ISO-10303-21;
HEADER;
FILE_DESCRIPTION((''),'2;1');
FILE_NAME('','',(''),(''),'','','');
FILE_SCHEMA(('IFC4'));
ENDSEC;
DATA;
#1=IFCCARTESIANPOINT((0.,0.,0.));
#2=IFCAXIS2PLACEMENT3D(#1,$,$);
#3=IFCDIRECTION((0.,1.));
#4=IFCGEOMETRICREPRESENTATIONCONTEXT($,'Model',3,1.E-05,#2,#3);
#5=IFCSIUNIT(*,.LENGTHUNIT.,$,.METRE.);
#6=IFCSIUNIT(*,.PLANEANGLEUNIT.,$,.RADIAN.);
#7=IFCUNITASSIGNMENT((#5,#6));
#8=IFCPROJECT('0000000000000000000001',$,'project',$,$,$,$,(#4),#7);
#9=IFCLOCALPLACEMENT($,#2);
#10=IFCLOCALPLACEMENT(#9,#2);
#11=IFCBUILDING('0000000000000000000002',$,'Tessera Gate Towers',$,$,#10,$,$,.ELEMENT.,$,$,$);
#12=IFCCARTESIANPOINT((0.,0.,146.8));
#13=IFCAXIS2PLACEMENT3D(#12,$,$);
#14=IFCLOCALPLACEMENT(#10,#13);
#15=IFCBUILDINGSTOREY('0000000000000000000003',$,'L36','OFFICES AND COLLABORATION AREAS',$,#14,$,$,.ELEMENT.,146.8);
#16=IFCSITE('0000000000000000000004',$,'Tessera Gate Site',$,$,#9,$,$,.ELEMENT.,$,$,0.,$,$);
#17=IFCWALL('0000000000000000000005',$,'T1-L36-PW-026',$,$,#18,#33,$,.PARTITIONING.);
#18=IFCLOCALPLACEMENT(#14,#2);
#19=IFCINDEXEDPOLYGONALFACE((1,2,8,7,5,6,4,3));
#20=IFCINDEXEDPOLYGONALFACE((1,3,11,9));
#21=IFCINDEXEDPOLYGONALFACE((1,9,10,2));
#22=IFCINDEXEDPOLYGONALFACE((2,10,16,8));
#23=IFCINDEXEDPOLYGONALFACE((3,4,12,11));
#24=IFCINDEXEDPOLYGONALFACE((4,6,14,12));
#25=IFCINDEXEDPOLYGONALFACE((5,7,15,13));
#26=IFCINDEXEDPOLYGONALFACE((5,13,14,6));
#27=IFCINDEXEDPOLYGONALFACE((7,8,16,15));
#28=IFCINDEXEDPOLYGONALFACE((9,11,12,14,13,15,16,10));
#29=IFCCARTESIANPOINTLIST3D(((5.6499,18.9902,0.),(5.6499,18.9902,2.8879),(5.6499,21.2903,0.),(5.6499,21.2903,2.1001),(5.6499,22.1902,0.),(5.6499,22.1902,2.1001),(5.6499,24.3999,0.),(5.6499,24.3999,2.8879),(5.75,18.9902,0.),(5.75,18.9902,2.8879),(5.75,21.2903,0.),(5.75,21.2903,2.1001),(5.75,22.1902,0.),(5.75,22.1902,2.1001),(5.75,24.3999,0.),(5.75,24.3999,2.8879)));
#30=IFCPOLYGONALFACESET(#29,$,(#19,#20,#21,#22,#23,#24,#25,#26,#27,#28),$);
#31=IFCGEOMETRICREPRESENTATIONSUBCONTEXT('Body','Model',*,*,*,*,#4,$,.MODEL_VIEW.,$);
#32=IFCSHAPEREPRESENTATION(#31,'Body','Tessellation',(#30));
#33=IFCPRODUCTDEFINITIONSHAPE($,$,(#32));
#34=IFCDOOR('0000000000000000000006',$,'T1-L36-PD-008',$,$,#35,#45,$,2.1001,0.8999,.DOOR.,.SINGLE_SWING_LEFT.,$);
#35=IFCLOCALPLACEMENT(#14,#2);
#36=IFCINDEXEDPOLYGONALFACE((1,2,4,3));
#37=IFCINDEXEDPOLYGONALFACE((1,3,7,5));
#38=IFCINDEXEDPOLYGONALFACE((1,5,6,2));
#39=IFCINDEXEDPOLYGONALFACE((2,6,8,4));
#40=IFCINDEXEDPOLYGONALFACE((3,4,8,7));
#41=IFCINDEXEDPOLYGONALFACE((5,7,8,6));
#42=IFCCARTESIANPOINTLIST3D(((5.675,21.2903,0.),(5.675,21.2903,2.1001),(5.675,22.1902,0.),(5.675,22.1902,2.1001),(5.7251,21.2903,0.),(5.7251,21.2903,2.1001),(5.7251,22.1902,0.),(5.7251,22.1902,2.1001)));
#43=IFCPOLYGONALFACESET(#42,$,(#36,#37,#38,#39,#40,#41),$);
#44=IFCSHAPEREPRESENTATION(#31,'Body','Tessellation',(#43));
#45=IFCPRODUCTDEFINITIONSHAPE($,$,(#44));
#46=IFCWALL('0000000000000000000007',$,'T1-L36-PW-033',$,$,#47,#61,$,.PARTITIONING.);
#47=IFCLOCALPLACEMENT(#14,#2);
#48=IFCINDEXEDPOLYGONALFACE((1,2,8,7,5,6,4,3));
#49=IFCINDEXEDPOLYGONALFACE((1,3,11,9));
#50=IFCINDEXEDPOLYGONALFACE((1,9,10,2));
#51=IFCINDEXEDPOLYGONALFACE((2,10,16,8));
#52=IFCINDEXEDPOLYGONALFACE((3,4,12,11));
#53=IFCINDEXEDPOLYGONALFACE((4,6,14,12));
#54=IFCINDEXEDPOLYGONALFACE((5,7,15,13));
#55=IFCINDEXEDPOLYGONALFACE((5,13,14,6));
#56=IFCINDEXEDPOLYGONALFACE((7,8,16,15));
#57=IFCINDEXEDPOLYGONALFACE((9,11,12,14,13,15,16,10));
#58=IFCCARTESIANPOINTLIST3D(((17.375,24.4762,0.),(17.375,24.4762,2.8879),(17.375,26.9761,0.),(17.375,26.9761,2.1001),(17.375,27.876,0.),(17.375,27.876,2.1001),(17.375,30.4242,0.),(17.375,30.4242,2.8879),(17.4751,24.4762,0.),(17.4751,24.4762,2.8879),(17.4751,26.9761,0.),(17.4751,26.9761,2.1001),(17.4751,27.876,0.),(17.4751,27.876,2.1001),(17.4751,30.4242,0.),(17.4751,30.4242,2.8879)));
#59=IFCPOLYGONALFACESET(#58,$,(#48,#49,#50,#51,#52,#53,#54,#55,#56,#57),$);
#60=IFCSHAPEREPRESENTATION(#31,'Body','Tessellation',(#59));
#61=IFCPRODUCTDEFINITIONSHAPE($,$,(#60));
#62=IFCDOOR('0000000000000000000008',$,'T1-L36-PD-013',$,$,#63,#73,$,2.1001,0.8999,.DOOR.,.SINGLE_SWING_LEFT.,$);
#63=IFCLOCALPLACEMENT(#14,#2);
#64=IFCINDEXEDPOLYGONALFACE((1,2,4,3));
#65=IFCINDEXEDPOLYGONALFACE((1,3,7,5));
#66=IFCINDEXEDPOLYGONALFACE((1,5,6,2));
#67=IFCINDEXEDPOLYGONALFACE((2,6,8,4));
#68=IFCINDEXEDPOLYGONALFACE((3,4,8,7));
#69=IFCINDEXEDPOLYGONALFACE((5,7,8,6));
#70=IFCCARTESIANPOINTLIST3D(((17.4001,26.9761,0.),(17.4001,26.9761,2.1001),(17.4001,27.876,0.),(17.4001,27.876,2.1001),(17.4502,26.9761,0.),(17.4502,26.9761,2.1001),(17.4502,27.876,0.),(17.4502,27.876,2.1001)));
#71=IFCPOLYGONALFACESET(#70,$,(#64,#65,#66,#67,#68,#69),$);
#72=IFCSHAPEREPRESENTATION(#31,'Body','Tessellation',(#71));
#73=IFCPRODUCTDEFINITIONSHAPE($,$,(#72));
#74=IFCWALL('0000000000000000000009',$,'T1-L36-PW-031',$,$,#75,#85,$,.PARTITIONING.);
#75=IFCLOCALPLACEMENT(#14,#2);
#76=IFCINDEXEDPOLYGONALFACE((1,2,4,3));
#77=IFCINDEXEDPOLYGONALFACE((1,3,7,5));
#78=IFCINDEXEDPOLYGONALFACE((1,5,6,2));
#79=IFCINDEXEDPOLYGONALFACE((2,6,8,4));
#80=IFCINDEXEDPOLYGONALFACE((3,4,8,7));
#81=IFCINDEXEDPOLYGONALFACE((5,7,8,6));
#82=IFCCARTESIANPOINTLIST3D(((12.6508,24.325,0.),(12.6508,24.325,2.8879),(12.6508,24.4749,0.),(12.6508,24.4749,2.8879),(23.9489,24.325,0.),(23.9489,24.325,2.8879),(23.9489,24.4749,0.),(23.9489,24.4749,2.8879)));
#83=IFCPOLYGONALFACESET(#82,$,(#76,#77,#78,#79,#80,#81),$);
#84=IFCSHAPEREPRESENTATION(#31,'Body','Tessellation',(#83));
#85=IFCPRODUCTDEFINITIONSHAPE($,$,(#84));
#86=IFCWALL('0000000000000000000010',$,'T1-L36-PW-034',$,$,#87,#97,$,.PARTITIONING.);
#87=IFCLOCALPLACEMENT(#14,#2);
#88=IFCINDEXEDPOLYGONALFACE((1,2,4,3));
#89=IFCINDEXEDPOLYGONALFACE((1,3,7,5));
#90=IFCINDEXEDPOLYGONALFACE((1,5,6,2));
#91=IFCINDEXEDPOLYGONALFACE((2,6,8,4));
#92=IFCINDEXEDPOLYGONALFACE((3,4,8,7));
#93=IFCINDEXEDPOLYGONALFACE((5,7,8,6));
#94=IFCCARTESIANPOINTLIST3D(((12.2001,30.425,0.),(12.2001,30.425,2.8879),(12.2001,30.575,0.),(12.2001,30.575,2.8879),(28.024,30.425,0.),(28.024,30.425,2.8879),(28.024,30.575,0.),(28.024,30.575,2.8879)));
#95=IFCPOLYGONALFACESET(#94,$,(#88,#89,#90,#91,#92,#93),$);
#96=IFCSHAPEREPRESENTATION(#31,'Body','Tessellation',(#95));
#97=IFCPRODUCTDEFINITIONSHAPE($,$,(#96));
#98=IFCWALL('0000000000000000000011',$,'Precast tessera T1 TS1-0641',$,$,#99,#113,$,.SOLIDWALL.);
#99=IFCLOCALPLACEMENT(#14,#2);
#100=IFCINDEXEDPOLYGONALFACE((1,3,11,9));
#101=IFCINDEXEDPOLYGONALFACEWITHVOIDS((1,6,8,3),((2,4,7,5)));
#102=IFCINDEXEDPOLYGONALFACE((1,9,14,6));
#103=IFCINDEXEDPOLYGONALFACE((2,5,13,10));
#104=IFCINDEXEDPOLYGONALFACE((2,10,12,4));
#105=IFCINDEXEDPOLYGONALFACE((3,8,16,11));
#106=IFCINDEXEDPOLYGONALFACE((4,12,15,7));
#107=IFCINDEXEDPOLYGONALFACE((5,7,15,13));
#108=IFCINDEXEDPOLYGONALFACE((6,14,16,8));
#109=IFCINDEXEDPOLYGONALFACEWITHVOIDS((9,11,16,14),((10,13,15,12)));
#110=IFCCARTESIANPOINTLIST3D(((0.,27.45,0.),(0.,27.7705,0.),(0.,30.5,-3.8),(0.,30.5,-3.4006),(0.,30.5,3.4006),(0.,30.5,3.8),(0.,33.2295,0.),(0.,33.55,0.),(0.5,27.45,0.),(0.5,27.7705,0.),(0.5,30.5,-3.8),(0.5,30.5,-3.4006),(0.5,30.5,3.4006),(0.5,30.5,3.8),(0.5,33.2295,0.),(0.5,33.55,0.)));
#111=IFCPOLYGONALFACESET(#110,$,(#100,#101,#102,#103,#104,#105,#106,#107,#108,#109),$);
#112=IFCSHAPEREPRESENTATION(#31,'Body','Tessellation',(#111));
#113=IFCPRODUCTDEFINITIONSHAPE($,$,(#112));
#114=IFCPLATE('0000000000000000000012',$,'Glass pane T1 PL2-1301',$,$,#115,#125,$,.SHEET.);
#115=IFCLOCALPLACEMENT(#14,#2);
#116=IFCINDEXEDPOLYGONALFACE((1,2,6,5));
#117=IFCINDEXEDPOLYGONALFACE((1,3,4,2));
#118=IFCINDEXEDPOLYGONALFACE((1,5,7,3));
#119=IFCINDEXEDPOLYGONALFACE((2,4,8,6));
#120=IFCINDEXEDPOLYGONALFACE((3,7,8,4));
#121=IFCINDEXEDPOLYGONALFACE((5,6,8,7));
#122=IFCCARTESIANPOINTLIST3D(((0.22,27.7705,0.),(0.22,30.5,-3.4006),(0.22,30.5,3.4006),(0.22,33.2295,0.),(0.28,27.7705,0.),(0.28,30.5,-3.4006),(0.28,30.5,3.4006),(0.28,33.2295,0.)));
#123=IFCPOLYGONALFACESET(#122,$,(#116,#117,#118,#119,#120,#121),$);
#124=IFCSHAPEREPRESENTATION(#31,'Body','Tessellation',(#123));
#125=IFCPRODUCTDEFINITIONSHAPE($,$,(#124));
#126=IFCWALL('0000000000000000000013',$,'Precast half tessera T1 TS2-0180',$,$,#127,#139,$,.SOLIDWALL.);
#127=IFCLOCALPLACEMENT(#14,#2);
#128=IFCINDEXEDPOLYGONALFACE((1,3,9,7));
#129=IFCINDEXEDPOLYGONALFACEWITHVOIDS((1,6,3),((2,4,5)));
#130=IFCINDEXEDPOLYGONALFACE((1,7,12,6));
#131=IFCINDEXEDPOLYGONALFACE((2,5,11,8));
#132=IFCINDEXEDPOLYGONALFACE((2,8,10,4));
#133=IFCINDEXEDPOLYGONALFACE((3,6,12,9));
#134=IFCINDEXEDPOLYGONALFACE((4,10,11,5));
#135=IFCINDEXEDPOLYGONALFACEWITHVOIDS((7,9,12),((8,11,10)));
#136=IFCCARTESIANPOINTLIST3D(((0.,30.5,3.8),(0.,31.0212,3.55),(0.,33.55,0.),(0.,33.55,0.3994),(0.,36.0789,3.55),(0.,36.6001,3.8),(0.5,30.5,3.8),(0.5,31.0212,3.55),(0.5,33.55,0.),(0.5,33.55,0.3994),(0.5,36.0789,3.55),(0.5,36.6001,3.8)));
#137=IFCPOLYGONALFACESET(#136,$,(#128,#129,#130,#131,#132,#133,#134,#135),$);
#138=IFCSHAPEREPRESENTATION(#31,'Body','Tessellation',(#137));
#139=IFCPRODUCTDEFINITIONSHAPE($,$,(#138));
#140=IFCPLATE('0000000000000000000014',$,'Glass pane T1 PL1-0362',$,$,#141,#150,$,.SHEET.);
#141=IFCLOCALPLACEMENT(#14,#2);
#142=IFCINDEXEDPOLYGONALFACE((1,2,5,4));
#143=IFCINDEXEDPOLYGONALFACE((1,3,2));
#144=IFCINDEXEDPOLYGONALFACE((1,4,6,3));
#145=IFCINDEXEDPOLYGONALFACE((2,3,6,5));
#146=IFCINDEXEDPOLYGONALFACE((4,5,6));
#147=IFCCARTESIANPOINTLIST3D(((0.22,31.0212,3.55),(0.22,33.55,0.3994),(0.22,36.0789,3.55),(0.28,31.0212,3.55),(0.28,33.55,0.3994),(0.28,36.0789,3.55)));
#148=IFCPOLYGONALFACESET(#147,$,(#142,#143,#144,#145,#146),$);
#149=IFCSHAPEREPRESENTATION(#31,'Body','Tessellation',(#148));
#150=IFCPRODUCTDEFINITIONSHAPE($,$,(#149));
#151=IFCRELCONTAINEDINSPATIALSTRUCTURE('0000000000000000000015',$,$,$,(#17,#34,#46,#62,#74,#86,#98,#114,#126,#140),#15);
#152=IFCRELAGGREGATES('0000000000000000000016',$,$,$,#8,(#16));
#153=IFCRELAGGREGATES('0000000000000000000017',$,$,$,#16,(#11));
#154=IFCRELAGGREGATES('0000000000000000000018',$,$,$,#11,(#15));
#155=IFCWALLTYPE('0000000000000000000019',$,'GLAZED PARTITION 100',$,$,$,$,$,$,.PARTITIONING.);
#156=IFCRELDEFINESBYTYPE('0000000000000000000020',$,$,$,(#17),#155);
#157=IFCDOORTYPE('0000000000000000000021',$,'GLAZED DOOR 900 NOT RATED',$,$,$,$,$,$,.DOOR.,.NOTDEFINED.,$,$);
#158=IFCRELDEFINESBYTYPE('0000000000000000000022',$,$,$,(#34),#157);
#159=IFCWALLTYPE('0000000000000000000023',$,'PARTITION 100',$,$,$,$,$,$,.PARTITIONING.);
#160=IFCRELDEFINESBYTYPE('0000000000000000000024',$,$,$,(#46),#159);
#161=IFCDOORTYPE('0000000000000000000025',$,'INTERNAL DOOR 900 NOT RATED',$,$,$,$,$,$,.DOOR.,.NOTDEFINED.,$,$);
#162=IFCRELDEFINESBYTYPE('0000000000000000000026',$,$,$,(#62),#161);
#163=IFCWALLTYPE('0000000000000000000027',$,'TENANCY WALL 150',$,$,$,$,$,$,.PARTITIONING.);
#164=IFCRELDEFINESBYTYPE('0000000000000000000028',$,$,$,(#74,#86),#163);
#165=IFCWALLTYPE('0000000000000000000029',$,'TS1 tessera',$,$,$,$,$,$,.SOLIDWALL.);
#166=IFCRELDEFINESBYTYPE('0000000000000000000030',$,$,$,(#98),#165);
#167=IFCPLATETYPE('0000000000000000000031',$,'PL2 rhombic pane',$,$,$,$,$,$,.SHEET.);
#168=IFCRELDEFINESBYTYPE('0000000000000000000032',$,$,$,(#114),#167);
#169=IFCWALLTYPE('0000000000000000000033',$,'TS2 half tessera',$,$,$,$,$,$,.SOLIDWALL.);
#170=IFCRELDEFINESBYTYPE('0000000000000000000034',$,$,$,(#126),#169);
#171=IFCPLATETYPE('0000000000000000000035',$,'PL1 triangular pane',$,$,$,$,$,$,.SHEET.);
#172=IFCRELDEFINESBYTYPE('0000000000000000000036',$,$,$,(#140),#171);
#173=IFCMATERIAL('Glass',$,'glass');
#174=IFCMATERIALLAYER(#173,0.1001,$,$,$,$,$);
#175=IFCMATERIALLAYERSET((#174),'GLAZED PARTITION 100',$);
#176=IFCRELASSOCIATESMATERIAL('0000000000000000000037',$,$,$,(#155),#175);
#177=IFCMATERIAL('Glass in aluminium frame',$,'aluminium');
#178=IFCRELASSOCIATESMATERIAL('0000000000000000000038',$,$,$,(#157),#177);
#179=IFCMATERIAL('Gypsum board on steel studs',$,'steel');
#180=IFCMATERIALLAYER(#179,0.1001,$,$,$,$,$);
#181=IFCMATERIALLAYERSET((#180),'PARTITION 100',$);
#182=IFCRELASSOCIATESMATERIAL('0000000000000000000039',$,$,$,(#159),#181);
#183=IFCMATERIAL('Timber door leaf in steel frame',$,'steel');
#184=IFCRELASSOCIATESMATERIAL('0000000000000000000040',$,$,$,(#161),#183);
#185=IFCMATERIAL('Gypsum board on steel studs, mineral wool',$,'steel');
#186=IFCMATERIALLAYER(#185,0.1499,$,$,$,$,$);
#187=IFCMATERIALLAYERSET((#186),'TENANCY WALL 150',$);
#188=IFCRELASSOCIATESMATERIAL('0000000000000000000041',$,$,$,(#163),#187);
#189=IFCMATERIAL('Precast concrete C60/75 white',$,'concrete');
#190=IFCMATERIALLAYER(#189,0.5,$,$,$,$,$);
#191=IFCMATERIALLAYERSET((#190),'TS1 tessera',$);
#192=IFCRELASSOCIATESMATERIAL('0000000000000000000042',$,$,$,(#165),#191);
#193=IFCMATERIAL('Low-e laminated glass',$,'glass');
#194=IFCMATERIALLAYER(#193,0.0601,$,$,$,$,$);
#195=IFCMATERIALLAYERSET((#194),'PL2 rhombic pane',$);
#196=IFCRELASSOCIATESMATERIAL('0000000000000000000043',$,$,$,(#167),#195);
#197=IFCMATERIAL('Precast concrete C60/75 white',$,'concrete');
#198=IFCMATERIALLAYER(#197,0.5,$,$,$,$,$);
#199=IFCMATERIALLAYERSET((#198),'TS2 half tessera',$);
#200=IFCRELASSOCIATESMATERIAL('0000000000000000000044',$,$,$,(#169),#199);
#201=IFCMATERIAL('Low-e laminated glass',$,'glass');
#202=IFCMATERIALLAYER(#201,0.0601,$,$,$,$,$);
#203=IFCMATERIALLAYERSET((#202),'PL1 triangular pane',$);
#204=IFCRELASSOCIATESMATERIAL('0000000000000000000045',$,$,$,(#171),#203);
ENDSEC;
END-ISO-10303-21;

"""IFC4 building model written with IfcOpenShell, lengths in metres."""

from ifc_helpers import new_model, si_unit, direction, frame, frame_2d, origin, place, context, subcontext, project, spatial, polyline, rectangle, outline, extrude, source, transform, mapped, material, layer, layer_set, type_object, element, fill, save


model = new_model("IFC4")

# Units and contexts
model_context = context("Model", 3, precision=1e-05, world=origin(), true_north=direction((0.0, 1.0)))
body_context = subcontext(model_context, "Body", "Model", "MODEL_VIEW")
ifc_project = project(units=[si_unit("LENGTHUNIT", "METRE"), si_unit("PLANEANGLEUNIT", "RADIAN")], contexts=[model_context])

# Site, building, storey
site_placement = place(None, origin())
site = spatial("IfcSite", under=ifc_project, at=site_placement, Name="Tessera Gate Site", CompositionType="ELEMENT", RefElevation=0.0)
building_placement = place(site_placement, origin())
building = spatial("IfcBuilding", under=site, at=building_placement, Name="Tessera Gate Towers", CompositionType="ELEMENT")
storey_placement = place(building_placement, frame((0.0, 0.0, 146.8)))
storey = spatial("IfcBuildingStorey", under=building, at=storey_placement, Name="L36", Description="OFFICES AND COLLABORATION AREAS", CompositionType="ELEMENT", Elevation=146.8)

# Walls, openings, doors
ifc_material_1 = material(Name="Glass", Category="glass")
ifc_layer_1 = layer(ifc_material_1, 0.1001)
ifc_layer_set_1 = layer_set([ifc_layer_1], Name="GLAZED PARTITION 100")
wall_type_1 = type_object("IfcWallType", Name="GLAZED PARTITION 100", PredefinedType="PARTITIONING", material=ifc_layer_set_1)
wall_1_placement = place(storey_placement, frame((5.7, 18.9902, 0.0), z_axis=(0.0, 0.0, 1.0), x_axis=(0.0, 1.0, 0.0)))
wall_1 = element("IfcWall", 1, at=wall_1_placement, inside=storey, type_object=wall_type_1, Name="T1-L36-PW-026", PredefinedType="PARTITIONING", context=body_context, shape_type="SweptSolid", body=[
    extrude(rectangle(XDim=5.4097, YDim=0.1001, at=frame_2d((2.7048, 0.0))), origin(), (0.0, 0.0, 1.0), 2.8879),
])
shared_shape_1 = source(origin(), body_context, "Body", "SweptSolid", [
    extrude(rectangle(XDim=0.8999, YDim=2.1001, at=frame_2d((0.45, 1.05))), frame((0.0, 0.0601, 0.0), z_axis=(0.0, -1.0, 0.0), x_axis=(1.0, 0.0, 0.0)), (0.0, 0.0, 1.0), 0.1201),
])
opening_1_placement = place(wall_1_placement, frame((2.3, 0.0, 0.0)))
opening_1 = element("IfcOpeningElement", 2, at=opening_1_placement, cuts=wall_1, PredefinedType="OPENING", context=body_context, shape_type="MappedRepresentation", body=[
    mapped(shared_shape_1, transform((0.0, 0.0, 0.0), scale=1.0)),
])
ifc_material_2 = material(Name="Glass in aluminium frame", Category="aluminium")
door_type_1 = type_object("IfcDoorType", Name="GLAZED DOOR 900 NOT RATED", OperationType="NOTDEFINED", PredefinedType="DOOR", material=ifc_material_2)
shared_shape_2 = source(origin(), body_context, "Body", "SweptSolid", [
    extrude(rectangle(XDim=0.8999, YDim=2.1001, at=frame_2d((0.45, 1.05))), frame((0.0, 0.0249, 0.0), z_axis=(0.0, -1.0, 0.0), x_axis=(1.0, 0.0, 0.0)), (0.0, 0.0, 1.0), 0.05),
])
door_1_placement = place(opening_1_placement, origin())
door_1 = element("IfcDoor", 3, at=door_1_placement, inside=storey, type_object=door_type_1, Name="T1-L36-PD-008", OperationType="SINGLE_SWING_LEFT", OverallHeight=2.1001, OverallWidth=0.8999, PredefinedType="DOOR", context=body_context, shape_type="MappedRepresentation", body=[
    mapped(shared_shape_2, transform((0.0, 0.0, 0.0), scale=1.0)),
])
fill(opening_1, door_1)
ifc_material_3 = material(Name="Gypsum board on steel studs", Category="steel")
ifc_layer_2 = layer(ifc_material_3, 0.1001)
ifc_layer_set_2 = layer_set([ifc_layer_2], Name="PARTITION 100")
wall_type_2 = type_object("IfcWallType", Name="PARTITION 100", PredefinedType="PARTITIONING", material=ifc_layer_set_2)
wall_2_placement = place(storey_placement, frame((17.425, 24.4761, 0.0), z_axis=(0.0, 0.0, 1.0), x_axis=(0.0, 1.0, 0.0)))
wall_2 = element("IfcWall", 4, at=wall_2_placement, inside=storey, type_object=wall_type_2, Name="T1-L36-PW-033", PredefinedType="PARTITIONING", context=body_context, shape_type="SweptSolid", body=[
    extrude(rectangle(XDim=5.948, YDim=0.1001, at=frame_2d((2.9741, 0.0))), origin(), (0.0, 0.0, 1.0), 2.8879),
])
opening_2_placement = place(wall_2_placement, frame((2.5, 0.0, 0.0)))
opening_2 = element("IfcOpeningElement", 5, at=opening_2_placement, cuts=wall_2, PredefinedType="OPENING", context=body_context, shape_type="MappedRepresentation", body=[
    mapped(shared_shape_1, transform((0.0, 0.0, 0.0), scale=1.0)),
])
ifc_material_4 = material(Name="Timber door leaf in steel frame", Category="steel")
door_type_2 = type_object("IfcDoorType", Name="INTERNAL DOOR 900 NOT RATED", OperationType="NOTDEFINED", PredefinedType="DOOR", material=ifc_material_4)
door_2_placement = place(opening_2_placement, origin())
door_2 = element("IfcDoor", 6, at=door_2_placement, inside=storey, type_object=door_type_2, Name="T1-L36-PD-013", OperationType="SINGLE_SWING_LEFT", OverallHeight=2.1001, OverallWidth=0.8999, PredefinedType="DOOR", context=body_context, shape_type="MappedRepresentation", body=[
    mapped(shared_shape_2, transform((0.0, 0.0, 0.0), scale=1.0)),
])
fill(opening_2, door_2)

# Walls
ifc_material_5 = material(Name="Gypsum board on steel studs, mineral wool", Category="steel")
ifc_layer_3 = layer(ifc_material_5, 0.1499)
ifc_layer_set_3 = layer_set([ifc_layer_3], Name="TENANCY WALL 150")
wall_type_3 = type_object("IfcWallType", Name="TENANCY WALL 150", PredefinedType="PARTITIONING", material=ifc_layer_set_3)
wall_3_placement = place(storey_placement, frame((12.6509, 24.3999, 0.0), z_axis=(0.0, 0.0, 1.0), x_axis=(1.0, 0.0, 0.0)))
element("IfcWall", 7, at=wall_3_placement, inside=storey, type_object=wall_type_3, Name="T1-L36-PW-031", PredefinedType="PARTITIONING", context=body_context, shape_type="SweptSolid", body=[
    extrude(rectangle(XDim=11.2981, YDim=0.1499, at=frame_2d((5.6489, 0.0))), origin(), (0.0, 0.0, 1.0), 2.8879),
])
wall_4_placement = place(storey_placement, frame((12.2, 30.5, 0.0), z_axis=(0.0, 0.0, 1.0), x_axis=(1.0, 0.0, 0.0)))
element("IfcWall", 8, at=wall_4_placement, inside=storey, type_object=wall_type_3, Name="T1-L36-PW-034", PredefinedType="PARTITIONING", context=body_context, shape_type="SweptSolid", body=[
    extrude(rectangle(XDim=15.824, YDim=0.1499, at=frame_2d((7.9121, 0.0))), origin(), (0.0, 0.0, 1.0), 2.8879),
])

# Walls, openings, plates
ifc_material_6 = material(Name="Precast concrete C60/75 white", Category="concrete")
ifc_layer_4 = layer(ifc_material_6, 0.5)
ifc_layer_set_4 = layer_set([ifc_layer_4], Name="TS1 tessera")
wall_type_4 = type_object("IfcWallType", Name="TS1 tessera", PredefinedType="SOLIDWALL", material=ifc_layer_set_4)
shared_shape_3 = source(origin(), body_context, "Body", "SweptSolid", [
    extrude(outline(polyline([(3.05, 0.0), (6.1001, 3.8), (3.05, 7.6001), (0.0, 3.8), (3.05, 0.0)])), frame((0.0, 0.25, 0.0), z_axis=(0.0, -1.0, 0.0), x_axis=(1.0, 0.0, 0.0)), (0.0, 0.0, 1.0), 0.5),
])
wall_5_placement = place(storey_placement, frame((0.25, 33.55, -3.8), z_axis=(0.0, 0.0, 1.0), x_axis=(0.0, -1.0, 0.0)))
wall_5 = element("IfcWall", 9, at=wall_5_placement, inside=storey, type_object=wall_type_4, Name="Precast tessera T1 TS1-0641", PredefinedType="SOLIDWALL", context=body_context, shape_type="MappedRepresentation", body=[
    mapped(shared_shape_3, transform((0.0, 0.0, 0.0), scale=1.0)),
])
shared_shape_4 = source(origin(), body_context, "Body", "SweptSolid", [
    extrude(outline(polyline([(3.05, 0.3994), (5.7795, 3.8), (3.05, 7.2007), (0.3206, 3.8), (3.05, 0.3994)])), frame((0.0, 0.26, 0.0), z_axis=(0.0, -1.0, 0.0), x_axis=(1.0, 0.0, 0.0)), (0.0, 0.0, 1.0), 0.52),
])
opening_3_placement = place(wall_5_placement, origin())
opening_3 = element("IfcOpeningElement", 10, at=opening_3_placement, cuts=wall_5, PredefinedType="OPENING", context=body_context, shape_type="MappedRepresentation", body=[
    mapped(shared_shape_4, transform((0.0, 0.0, 0.0), scale=1.0)),
])
ifc_material_7 = material(Name="Low-e laminated glass", Category="glass")
ifc_layer_5 = layer(ifc_material_7, 0.0601)
ifc_layer_set_5 = layer_set([ifc_layer_5], Name="PL2 rhombic pane")
plate_type_1 = type_object("IfcPlateType", Name="PL2 rhombic pane", PredefinedType="SHEET", material=ifc_layer_set_5)
shared_shape_5 = source(origin(), body_context, "Body", "SweptSolid", [
    extrude(outline(polyline([(3.05, 0.3994), (5.7795, 3.8), (3.05, 7.2007), (0.3206, 3.8), (3.05, 0.3994)])), frame((0.0, 0.03, 0.0), z_axis=(0.0, -1.0, 0.0), x_axis=(1.0, 0.0, 0.0)), (0.0, 0.0, 1.0), 0.0601),
])
plate_1_placement = place(opening_3_placement, origin())
plate_1 = element("IfcPlate", 11, at=plate_1_placement, inside=storey, type_object=plate_type_1, Name="Glass pane T1 PL2-1301", PredefinedType="SHEET", context=body_context, shape_type="MappedRepresentation", body=[
    mapped(shared_shape_5, transform((0.0, 0.0, 0.0), scale=1.0)),
])
fill(opening_3, plate_1)
ifc_material_8 = material(Name="Precast concrete C60/75 white", Category="concrete")
ifc_layer_6 = layer(ifc_material_8, 0.5)
ifc_layer_set_6 = layer_set([ifc_layer_6], Name="TS2 half tessera")
wall_type_5 = type_object("IfcWallType", Name="TS2 half tessera", PredefinedType="SOLIDWALL", material=ifc_layer_set_6)
shared_shape_6 = source(origin(), body_context, "Body", "SweptSolid", [
    extrude(outline(polyline([(3.05, 0.0), (6.1001, 3.8), (0.0, 3.8), (3.05, 0.0)])), frame((0.0, 0.25, 0.0), z_axis=(0.0, -1.0, 0.0), x_axis=(1.0, 0.0, 0.0)), (0.0, 0.0, 1.0), 0.5),
])
wall_6_placement = place(storey_placement, frame((0.25, 36.6001, 0.0), z_axis=(0.0, 0.0, 1.0), x_axis=(0.0, -1.0, 0.0)))
wall_6 = element("IfcWall", 12, at=wall_6_placement, inside=storey, type_object=wall_type_5, Name="Precast half tessera T1 TS2-0180", PredefinedType="SOLIDWALL", context=body_context, shape_type="MappedRepresentation", body=[
    mapped(shared_shape_6, transform((0.0, 0.0, 0.0), scale=1.0)),
])
shared_shape_7 = source(origin(), body_context, "Body", "SweptSolid", [
    extrude(outline(polyline([(3.05, 0.3994), (5.5789, 3.55), (0.5212, 3.55), (3.05, 0.3994)])), frame((0.0, 0.26, 0.0), z_axis=(0.0, -1.0, 0.0), x_axis=(1.0, 0.0, 0.0)), (0.0, 0.0, 1.0), 0.52),
])
opening_4_placement = place(wall_6_placement, origin())
opening_4 = element("IfcOpeningElement", 13, at=opening_4_placement, cuts=wall_6, PredefinedType="OPENING", context=body_context, shape_type="MappedRepresentation", body=[
    mapped(shared_shape_7, transform((0.0, 0.0, 0.0), scale=1.0)),
])
ifc_material_9 = material(Name="Low-e laminated glass", Category="glass")
ifc_layer_7 = layer(ifc_material_9, 0.0601)
ifc_layer_set_7 = layer_set([ifc_layer_7], Name="PL1 triangular pane")
plate_type_2 = type_object("IfcPlateType", Name="PL1 triangular pane", PredefinedType="SHEET", material=ifc_layer_set_7)
shared_shape_8 = source(origin(), body_context, "Body", "SweptSolid", [
    extrude(outline(polyline([(3.05, 0.3994), (5.5789, 3.55), (0.5212, 3.55), (3.05, 0.3994)])), frame((0.0, 0.03, 0.0), z_axis=(0.0, -1.0, 0.0), x_axis=(1.0, 0.0, 0.0)), (0.0, 0.0, 1.0), 0.0601),
])
plate_2_placement = place(opening_4_placement, origin())
plate_2 = element("IfcPlate", 14, at=plate_2_placement, inside=storey, type_object=plate_type_2, Name="Glass pane T1 PL1-0362", PredefinedType="SHEET", context=body_context, shape_type="MappedRepresentation", body=[
    mapped(shared_shape_8, transform((0.0, 0.0, 0.0), scale=1.0)),
])
fill(opening_4, plate_2)

save(model, "model.ifc")
